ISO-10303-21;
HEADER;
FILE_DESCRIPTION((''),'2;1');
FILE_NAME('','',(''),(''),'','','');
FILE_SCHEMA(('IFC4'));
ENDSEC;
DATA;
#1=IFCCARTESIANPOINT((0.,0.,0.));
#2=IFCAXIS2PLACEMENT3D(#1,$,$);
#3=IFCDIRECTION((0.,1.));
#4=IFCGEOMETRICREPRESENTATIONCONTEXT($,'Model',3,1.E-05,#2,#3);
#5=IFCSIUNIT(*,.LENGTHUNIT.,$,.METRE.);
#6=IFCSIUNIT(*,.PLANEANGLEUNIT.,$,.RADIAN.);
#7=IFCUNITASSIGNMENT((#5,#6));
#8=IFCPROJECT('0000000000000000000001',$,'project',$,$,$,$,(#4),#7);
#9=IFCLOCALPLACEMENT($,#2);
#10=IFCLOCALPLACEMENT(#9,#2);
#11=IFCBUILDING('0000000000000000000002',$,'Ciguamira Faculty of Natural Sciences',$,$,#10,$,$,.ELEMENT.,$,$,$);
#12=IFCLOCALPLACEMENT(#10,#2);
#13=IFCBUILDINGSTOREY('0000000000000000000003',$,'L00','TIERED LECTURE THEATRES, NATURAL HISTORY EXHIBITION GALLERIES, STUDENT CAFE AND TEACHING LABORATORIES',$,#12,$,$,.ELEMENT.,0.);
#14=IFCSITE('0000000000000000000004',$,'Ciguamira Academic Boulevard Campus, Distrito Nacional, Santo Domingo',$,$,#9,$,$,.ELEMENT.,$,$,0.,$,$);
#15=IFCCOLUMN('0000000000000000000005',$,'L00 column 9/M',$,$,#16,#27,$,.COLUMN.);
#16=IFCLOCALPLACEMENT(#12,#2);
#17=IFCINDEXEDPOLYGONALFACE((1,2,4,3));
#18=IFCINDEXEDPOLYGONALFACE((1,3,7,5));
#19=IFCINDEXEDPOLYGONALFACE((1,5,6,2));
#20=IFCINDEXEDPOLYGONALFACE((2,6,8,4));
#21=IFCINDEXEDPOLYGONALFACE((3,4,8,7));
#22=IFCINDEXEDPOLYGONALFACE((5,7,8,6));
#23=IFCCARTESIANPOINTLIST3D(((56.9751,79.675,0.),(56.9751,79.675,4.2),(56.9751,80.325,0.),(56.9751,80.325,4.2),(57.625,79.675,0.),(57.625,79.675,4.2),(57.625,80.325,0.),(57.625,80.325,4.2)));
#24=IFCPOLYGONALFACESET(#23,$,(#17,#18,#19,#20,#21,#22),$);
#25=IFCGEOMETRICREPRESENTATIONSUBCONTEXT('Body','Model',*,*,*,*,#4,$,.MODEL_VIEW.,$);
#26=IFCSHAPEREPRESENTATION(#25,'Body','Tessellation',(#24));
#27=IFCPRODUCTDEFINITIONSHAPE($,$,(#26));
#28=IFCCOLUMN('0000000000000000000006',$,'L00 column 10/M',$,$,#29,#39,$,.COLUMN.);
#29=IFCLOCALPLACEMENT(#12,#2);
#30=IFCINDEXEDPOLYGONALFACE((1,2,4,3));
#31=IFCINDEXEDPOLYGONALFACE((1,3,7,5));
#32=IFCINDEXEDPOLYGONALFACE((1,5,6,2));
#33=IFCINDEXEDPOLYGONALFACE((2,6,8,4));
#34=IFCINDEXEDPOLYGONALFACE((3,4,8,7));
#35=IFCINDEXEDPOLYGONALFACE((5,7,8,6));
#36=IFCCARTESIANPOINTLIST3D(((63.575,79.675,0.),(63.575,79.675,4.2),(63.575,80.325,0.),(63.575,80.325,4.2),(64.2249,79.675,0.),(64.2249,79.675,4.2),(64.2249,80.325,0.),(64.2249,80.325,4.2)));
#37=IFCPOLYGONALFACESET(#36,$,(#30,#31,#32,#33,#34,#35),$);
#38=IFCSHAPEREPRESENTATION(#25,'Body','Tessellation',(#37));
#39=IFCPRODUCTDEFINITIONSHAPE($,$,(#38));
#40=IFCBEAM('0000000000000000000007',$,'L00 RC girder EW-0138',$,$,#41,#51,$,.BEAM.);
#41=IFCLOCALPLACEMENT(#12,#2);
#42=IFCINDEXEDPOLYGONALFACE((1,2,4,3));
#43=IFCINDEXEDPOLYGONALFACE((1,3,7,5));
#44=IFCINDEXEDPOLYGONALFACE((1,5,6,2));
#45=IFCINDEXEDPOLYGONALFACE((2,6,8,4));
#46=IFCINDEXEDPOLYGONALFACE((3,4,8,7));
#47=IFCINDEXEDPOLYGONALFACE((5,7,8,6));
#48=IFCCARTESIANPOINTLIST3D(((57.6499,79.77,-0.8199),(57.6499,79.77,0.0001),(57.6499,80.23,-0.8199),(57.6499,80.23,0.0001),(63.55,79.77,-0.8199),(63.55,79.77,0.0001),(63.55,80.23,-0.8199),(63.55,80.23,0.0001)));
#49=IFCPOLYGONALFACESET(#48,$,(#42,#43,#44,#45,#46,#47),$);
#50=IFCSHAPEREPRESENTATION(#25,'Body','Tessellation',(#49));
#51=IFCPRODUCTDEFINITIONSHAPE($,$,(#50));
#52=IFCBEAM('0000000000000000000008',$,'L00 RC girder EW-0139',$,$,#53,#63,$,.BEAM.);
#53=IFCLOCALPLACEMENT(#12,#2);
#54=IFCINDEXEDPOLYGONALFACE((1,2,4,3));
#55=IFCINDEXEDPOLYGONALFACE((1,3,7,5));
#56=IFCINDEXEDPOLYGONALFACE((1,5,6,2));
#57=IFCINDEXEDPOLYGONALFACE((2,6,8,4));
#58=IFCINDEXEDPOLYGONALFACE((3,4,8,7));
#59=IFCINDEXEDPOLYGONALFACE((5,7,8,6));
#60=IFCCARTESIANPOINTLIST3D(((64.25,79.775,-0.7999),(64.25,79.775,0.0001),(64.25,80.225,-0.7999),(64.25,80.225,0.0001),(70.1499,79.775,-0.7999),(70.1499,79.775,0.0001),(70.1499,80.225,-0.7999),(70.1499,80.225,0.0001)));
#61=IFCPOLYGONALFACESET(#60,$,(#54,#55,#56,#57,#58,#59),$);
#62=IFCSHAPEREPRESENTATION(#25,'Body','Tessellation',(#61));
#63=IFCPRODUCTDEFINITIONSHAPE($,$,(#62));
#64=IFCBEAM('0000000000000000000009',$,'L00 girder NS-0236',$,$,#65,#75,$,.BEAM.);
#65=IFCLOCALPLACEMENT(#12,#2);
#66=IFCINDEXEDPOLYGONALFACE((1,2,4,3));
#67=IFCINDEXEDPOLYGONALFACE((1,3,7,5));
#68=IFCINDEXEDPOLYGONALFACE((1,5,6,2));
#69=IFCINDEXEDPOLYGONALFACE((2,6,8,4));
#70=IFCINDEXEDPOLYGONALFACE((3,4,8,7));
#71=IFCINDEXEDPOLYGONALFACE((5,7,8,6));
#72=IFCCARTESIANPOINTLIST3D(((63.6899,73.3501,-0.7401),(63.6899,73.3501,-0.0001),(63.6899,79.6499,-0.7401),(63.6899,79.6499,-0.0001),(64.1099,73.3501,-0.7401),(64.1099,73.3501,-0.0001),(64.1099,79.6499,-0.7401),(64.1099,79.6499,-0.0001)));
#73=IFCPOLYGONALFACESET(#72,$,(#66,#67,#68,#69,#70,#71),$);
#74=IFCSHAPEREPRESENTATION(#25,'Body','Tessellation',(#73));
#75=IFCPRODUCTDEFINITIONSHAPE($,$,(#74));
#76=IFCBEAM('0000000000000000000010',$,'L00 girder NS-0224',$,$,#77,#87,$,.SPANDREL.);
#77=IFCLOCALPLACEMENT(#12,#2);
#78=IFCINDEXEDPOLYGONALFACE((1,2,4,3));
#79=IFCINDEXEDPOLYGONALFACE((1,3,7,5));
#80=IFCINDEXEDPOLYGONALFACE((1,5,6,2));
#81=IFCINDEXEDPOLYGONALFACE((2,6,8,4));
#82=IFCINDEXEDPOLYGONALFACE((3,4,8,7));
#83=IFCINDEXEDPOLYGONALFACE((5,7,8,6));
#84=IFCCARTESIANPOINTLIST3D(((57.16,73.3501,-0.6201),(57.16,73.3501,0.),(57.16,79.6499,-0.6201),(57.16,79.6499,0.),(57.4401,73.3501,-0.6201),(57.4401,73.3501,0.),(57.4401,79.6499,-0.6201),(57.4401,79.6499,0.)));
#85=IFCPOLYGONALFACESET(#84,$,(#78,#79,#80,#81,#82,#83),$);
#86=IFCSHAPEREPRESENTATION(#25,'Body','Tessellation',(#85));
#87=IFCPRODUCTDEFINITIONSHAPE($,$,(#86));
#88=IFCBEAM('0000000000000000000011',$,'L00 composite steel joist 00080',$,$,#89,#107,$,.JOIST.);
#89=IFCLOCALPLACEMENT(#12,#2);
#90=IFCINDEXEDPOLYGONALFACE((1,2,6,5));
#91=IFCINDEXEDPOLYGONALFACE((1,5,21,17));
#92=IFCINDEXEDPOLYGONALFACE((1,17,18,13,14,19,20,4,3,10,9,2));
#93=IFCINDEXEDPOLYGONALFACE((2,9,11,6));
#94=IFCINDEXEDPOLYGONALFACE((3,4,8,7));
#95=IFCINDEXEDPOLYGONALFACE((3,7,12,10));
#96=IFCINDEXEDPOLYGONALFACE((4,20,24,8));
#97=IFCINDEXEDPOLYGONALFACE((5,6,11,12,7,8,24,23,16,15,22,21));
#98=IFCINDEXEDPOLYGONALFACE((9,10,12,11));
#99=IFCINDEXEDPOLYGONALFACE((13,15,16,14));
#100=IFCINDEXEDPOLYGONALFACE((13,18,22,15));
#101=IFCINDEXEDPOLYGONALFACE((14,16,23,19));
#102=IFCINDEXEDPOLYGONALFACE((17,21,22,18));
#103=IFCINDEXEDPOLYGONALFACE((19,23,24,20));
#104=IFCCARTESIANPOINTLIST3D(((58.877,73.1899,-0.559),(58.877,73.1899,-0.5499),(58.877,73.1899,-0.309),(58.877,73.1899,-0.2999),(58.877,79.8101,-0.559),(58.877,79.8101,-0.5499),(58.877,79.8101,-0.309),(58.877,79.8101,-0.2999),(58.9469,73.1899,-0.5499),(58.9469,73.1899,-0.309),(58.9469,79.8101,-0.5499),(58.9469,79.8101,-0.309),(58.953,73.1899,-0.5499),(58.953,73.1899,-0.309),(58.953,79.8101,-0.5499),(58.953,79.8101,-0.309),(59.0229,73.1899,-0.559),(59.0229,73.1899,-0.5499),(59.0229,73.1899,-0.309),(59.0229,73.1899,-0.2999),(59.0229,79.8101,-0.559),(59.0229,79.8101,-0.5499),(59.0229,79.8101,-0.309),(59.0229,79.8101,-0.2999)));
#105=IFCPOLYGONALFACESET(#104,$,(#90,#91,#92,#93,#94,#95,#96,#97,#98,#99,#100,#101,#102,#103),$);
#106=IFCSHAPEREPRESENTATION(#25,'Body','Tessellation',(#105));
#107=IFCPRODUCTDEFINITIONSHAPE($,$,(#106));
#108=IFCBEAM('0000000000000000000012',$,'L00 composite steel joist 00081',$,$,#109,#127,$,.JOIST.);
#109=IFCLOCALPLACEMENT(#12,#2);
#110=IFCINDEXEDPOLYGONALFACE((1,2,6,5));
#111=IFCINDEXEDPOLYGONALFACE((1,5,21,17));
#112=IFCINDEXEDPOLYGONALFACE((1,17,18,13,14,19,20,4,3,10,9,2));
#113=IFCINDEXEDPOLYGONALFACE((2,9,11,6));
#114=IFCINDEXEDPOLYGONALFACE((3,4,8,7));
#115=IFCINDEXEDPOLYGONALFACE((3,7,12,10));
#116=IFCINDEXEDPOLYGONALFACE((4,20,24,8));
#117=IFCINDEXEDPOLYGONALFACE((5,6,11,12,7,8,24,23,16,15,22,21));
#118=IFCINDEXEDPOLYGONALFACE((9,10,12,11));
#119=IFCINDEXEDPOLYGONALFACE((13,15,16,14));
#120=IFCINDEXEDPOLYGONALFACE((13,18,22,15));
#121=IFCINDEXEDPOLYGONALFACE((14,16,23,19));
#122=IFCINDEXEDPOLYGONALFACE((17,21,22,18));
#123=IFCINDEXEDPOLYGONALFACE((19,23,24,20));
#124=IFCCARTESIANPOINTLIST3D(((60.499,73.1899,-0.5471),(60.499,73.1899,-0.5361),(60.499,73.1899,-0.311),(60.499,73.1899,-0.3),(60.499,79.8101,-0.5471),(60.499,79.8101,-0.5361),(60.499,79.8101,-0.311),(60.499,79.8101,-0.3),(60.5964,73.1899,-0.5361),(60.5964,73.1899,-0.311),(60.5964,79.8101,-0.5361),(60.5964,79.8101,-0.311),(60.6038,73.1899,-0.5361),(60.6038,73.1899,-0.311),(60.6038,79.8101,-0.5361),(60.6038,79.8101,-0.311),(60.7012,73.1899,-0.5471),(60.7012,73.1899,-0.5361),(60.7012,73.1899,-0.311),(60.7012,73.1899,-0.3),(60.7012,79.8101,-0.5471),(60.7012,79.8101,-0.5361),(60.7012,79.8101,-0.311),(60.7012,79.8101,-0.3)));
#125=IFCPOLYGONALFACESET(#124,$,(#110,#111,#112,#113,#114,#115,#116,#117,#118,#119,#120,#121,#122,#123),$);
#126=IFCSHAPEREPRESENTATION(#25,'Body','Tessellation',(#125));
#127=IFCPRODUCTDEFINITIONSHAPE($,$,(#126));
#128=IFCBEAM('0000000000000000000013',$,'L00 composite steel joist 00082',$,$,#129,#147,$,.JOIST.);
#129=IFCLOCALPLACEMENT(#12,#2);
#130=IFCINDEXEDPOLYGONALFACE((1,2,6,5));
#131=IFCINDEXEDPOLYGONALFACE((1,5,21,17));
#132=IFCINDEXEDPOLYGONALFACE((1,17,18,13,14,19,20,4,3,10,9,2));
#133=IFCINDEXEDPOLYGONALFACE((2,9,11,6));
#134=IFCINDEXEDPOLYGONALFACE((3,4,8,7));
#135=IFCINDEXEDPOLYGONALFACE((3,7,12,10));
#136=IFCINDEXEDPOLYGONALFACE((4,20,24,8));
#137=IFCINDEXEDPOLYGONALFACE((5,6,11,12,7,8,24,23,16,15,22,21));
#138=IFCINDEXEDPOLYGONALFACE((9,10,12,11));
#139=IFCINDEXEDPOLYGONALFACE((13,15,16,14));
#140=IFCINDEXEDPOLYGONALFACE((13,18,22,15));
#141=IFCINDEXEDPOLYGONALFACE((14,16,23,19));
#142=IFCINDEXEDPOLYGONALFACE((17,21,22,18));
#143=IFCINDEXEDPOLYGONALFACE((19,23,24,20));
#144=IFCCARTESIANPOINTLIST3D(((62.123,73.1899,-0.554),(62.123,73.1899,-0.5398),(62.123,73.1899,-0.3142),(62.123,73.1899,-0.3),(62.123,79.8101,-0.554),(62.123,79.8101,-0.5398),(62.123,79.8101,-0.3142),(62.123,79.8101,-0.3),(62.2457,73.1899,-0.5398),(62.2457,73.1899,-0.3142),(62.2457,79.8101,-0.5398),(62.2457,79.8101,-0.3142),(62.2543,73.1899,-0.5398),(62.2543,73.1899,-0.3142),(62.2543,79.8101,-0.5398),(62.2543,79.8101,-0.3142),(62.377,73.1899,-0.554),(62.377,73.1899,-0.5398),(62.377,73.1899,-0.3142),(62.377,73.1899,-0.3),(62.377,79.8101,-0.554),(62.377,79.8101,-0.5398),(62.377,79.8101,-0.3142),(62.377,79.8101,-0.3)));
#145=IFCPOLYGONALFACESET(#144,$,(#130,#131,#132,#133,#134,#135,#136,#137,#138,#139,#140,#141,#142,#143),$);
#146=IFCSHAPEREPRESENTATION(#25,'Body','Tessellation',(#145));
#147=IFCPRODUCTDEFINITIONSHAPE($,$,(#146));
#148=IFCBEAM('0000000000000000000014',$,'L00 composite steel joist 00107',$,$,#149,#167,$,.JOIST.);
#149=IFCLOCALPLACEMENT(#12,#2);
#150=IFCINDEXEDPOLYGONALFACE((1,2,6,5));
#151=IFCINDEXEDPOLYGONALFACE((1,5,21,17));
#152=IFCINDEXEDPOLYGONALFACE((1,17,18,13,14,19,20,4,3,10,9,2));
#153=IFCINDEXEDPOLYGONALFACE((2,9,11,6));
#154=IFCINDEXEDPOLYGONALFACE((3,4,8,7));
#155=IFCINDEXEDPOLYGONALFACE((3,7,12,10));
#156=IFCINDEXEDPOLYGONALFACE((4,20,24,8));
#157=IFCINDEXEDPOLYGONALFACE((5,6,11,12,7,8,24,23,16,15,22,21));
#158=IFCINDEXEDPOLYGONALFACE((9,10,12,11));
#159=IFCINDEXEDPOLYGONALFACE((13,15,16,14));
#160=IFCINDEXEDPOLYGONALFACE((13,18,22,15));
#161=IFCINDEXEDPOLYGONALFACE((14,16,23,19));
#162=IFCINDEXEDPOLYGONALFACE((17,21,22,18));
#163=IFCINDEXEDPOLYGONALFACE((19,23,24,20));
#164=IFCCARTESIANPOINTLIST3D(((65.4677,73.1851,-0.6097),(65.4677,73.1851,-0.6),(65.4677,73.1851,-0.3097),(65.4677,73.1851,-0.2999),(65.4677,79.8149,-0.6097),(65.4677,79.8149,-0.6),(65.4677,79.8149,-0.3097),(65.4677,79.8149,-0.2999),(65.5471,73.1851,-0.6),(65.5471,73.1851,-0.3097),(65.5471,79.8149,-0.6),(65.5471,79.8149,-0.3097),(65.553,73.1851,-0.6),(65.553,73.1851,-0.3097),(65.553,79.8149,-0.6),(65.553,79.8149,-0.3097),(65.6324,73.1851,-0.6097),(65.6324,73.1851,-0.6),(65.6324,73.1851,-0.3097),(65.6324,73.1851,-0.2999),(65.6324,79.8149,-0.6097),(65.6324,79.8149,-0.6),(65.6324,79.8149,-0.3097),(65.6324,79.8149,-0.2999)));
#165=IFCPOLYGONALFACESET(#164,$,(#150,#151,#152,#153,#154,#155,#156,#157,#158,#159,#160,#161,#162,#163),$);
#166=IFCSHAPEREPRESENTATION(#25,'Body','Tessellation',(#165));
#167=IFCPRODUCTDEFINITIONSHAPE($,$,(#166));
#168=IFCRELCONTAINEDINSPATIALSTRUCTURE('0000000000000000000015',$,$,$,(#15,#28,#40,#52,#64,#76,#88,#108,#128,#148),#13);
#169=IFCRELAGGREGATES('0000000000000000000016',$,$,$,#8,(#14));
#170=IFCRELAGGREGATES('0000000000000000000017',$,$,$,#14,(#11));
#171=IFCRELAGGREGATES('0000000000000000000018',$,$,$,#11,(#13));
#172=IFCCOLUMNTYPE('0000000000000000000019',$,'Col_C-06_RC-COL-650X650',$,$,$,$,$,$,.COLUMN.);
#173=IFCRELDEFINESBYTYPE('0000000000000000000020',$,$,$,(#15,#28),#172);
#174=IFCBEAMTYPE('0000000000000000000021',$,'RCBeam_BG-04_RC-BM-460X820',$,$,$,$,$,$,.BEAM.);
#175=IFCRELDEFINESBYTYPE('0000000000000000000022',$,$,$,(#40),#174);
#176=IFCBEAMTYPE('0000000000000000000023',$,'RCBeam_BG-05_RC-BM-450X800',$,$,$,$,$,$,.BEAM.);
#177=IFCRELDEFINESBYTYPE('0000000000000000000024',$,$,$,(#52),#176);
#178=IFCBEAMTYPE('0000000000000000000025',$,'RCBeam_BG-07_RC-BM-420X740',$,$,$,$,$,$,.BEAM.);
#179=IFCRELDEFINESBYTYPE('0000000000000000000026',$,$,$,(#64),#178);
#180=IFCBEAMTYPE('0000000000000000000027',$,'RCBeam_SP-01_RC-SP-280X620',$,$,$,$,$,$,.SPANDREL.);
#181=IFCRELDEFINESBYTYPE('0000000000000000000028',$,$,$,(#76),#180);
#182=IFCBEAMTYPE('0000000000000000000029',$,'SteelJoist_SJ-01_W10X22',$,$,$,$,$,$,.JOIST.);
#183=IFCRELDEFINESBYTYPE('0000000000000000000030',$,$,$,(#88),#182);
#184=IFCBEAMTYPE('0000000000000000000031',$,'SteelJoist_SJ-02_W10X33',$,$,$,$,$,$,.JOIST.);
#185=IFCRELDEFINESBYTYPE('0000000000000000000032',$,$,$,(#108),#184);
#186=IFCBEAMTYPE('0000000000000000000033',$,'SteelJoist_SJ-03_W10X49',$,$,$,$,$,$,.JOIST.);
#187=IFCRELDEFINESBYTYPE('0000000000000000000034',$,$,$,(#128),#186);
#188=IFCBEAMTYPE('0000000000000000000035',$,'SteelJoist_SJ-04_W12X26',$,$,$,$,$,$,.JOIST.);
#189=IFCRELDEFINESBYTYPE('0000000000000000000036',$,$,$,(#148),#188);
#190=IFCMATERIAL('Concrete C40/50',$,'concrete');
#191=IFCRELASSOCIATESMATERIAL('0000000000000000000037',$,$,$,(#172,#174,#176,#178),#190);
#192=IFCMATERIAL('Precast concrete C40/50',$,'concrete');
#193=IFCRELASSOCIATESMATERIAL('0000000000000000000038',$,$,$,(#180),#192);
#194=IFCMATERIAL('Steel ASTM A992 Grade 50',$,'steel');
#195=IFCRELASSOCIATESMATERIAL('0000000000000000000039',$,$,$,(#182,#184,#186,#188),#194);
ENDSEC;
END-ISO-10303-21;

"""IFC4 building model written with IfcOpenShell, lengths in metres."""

from ifc_helpers import new_model, si_unit, direction, frame, origin, origin_2d, place, context, subcontext, project, spatial, rectangle, i_section, extrude, material, material_profile, profile_set, type_object, element, save


model = new_model("IFC4")

# Units and contexts
model_context = context("Model", 3, precision=1e-05, world=origin(), true_north=direction((0.0, 1.0)))
body_context = subcontext(model_context, "Body", "Model", "MODEL_VIEW")
ifc_project = project(units=[si_unit("LENGTHUNIT", "METRE"), si_unit("PLANEANGLEUNIT", "RADIAN")], contexts=[model_context])

# Site, building, storey
site_placement = place(None, origin())
site = spatial("IfcSite", under=ifc_project, at=site_placement, Name="Ciguamira Academic Boulevard Campus, Distrito Nacional, Santo Domingo", CompositionType="ELEMENT", RefElevation=0.0)
building_placement = place(site_placement, origin())
building = spatial("IfcBuilding", under=site, at=building_placement, Name="Ciguamira Faculty of Natural Sciences", CompositionType="ELEMENT")
storey_placement = place(building_placement, origin())
storey = spatial("IfcBuildingStorey", under=building, at=storey_placement, Name="L00", Description="TIERED LECTURE THEATRES, NATURAL HISTORY EXHIBITION GALLERIES, STUDENT CAFE AND TEACHING LABORATORIES", CompositionType="ELEMENT", Elevation=0.0)

# Columns
ifc_material_1 = material(Name="Concrete C40/50", Category="concrete")
ifc_material_profile_1 = material_profile(ifc_material_1, rectangle(XDim=0.6499, YDim=0.6499, at=origin_2d()), Name="RC-COL-650X650")
ifc_profile_set_1 = profile_set([ifc_material_profile_1], Name="Concrete C40/50")
column_type = type_object("IfcColumnType", Name="Col_C-06_RC-COL-650X650", PredefinedType="COLUMN", material=ifc_profile_set_1)
for number, where, z_axis, x_axis, name in (
    (1, (57.3, 80.0, 0.0), (0.0, 0.0, 1.0), (1.0, 0.0, 0.0), "L00 column 9/M"),
    (2, (63.8999, 80.0, 0.0), (0.0, 0.0, 1.0), (1.0, 0.0, 0.0), "L00 column 10/M"),
):
    element("IfcColumn", number, at=place(storey_placement, frame(where, z_axis=z_axis, x_axis=x_axis)), inside=storey, type_object=column_type, Name=name, PredefinedType="COLUMN", context=body_context, shape_type="SweptSolid", body=[
        extrude(rectangle(XDim=0.6499, YDim=0.6499, at=origin_2d()), origin(), (0.0, 0.0, 1.0), 4.2),
    ])

# Beams
ifc_material_profile_2 = material_profile(ifc_material_1, rectangle(XDim=0.46, YDim=0.8201, at=origin_2d()), Name="RC-BM-460X820")
ifc_profile_set_2 = profile_set([ifc_material_profile_2], Name="Concrete C40/50")
beam_type_1 = type_object("IfcBeamType", Name="RCBeam_BG-04_RC-BM-460X820", PredefinedType="BEAM", material=ifc_profile_set_2)
beam_1_placement = place(storey_placement, frame((57.6499, 80.0, -0.4099), z_axis=(1.0, 0.0, 0.0), x_axis=(0.0, 1.0, 0.0)))
element("IfcBeam", 3, at=beam_1_placement, inside=storey, type_object=beam_type_1, Name="L00 RC girder EW-0138", PredefinedType="BEAM", context=body_context, shape_type="SweptSolid", body=[
    extrude(rectangle(XDim=0.46, YDim=0.8201, at=origin_2d()), origin(), (0.0, 0.0, 1.0), 5.9001),
])
ifc_material_profile_3 = material_profile(ifc_material_1, rectangle(XDim=0.45, YDim=0.8, at=origin_2d()), Name="RC-BM-450X800")
ifc_profile_set_3 = profile_set([ifc_material_profile_3], Name="Concrete C40/50")
beam_type_2 = type_object("IfcBeamType", Name="RCBeam_BG-05_RC-BM-450X800", PredefinedType="BEAM", material=ifc_profile_set_3)
beam_2_placement = place(storey_placement, frame((64.25, 80.0, -0.3999), z_axis=(1.0, 0.0, 0.0), x_axis=(0.0, 1.0, 0.0)))
element("IfcBeam", 4, at=beam_2_placement, inside=storey, type_object=beam_type_2, Name="L00 RC girder EW-0139", PredefinedType="BEAM", context=body_context, shape_type="SweptSolid", body=[
    extrude(rectangle(XDim=0.45, YDim=0.8, at=origin_2d()), origin(), (0.0, 0.0, 1.0), 5.8999),
])
ifc_material_profile_4 = material_profile(ifc_material_1, rectangle(XDim=0.4199, YDim=0.74, at=origin_2d()), Name="RC-BM-420X740")
ifc_profile_set_4 = profile_set([ifc_material_profile_4], Name="Concrete C40/50")
beam_type_3 = type_object("IfcBeamType", Name="RCBeam_BG-07_RC-BM-420X740", PredefinedType="BEAM", material=ifc_profile_set_4)
beam_3_placement = place(storey_placement, frame((63.8999, 73.3501, -0.3701), z_axis=(0.0, 1.0, 0.0), x_axis=(-1.0, 0.0, 0.0)))
element("IfcBeam", 5, at=beam_3_placement, inside=storey, type_object=beam_type_3, Name="L00 girder NS-0236", PredefinedType="BEAM", context=body_context, shape_type="SweptSolid", body=[
    extrude(rectangle(XDim=0.4199, YDim=0.74, at=origin_2d()), origin(), (0.0, 0.0, 1.0), 6.2998),
])
ifc_material_2 = material(Name="Precast concrete C40/50", Category="concrete")
ifc_material_profile_5 = material_profile(ifc_material_2, rectangle(XDim=0.28, YDim=0.6201, at=origin_2d()), Name="RC-SP-280X620")
ifc_profile_set_5 = profile_set([ifc_material_profile_5], Name="Precast concrete C40/50")
beam_type_4 = type_object("IfcBeamType", Name="RCBeam_SP-01_RC-SP-280X620", PredefinedType="SPANDREL", material=ifc_profile_set_5)
beam_4_placement = place(storey_placement, frame((57.3, 73.3501, -0.3101), z_axis=(0.0, 1.0, 0.0), x_axis=(-1.0, 0.0, 0.0)))
element("IfcBeam", 6, at=beam_4_placement, inside=storey, type_object=beam_type_4, Name="L00 girder NS-0224", PredefinedType="SPANDREL", context=body_context, shape_type="SweptSolid", body=[
    extrude(rectangle(XDim=0.28, YDim=0.6201, at=origin_2d()), origin(), (0.0, 0.0, 1.0), 6.2998),
])
ifc_material_3 = material(Name="Steel ASTM A992 Grade 50", Category="steel")
ifc_material_profile_6 = material_profile(ifc_material_3, i_section(OverallWidth=0.146, OverallDepth=0.259, WebThickness=0.0061, FlangeThickness=0.009, at=origin_2d()), Name="W10X22")
ifc_profile_set_6 = profile_set([ifc_material_profile_6], Name="Steel ASTM A992 Grade 50")
beam_type_5 = type_object("IfcBeamType", Name="SteelJoist_SJ-01_W10X22", PredefinedType="JOIST", material=ifc_profile_set_6)
beam_5_placement = place(storey_placement, frame((58.95, 73.1899, -0.4294), z_axis=(0.0, 1.0, 0.0), x_axis=(-1.0, 0.0, 0.0)))
element("IfcBeam", 7, at=beam_5_placement, inside=storey, type_object=beam_type_5, Name="L00 composite steel joist 00080", PredefinedType="JOIST", context=body_context, shape_type="SweptSolid", body=[
    extrude(i_section(OverallWidth=0.146, OverallDepth=0.259, WebThickness=0.0061, FlangeThickness=0.009, at=origin_2d()), origin(), (0.0, 0.0, 1.0), 6.6201),
])
ifc_material_profile_7 = material_profile(ifc_material_3, i_section(OverallWidth=0.2021, OverallDepth=0.2471, WebThickness=0.0073, FlangeThickness=0.011, at=origin_2d()), Name="W10X33")
ifc_profile_set_7 = profile_set([ifc_material_profile_7], Name="Steel ASTM A992 Grade 50")
beam_type_6 = type_object("IfcBeamType", Name="SteelJoist_SJ-02_W10X33", PredefinedType="JOIST", material=ifc_profile_set_7)
beam_6_placement = place(storey_placement, frame((60.6001, 73.1899, -0.4236), z_axis=(0.0, 1.0, 0.0), x_axis=(-1.0, 0.0, 0.0)))
element("IfcBeam", 8, at=beam_6_placement, inside=storey, type_object=beam_type_6, Name="L00 composite steel joist 00081", PredefinedType="JOIST", context=body_context, shape_type="SweptSolid", body=[
    extrude(i_section(OverallWidth=0.2021, OverallDepth=0.2471, WebThickness=0.0073, FlangeThickness=0.011, at=origin_2d()), origin(), (0.0, 0.0, 1.0), 6.6201),
])
ifc_material_profile_8 = material_profile(ifc_material_3, i_section(OverallWidth=0.2539, OverallDepth=0.2539, WebThickness=0.0085, FlangeThickness=0.0142, at=origin_2d()), Name="W10X49")
ifc_profile_set_8 = profile_set([ifc_material_profile_8], Name="Steel ASTM A992 Grade 50")
beam_type_7 = type_object("IfcBeamType", Name="SteelJoist_SJ-03_W10X49", PredefinedType="JOIST", material=ifc_profile_set_8)
beam_7_placement = place(storey_placement, frame((62.25, 73.1899, -0.427), z_axis=(0.0, 1.0, 0.0), x_axis=(-1.0, 0.0, 0.0)))
element("IfcBeam", 9, at=beam_7_placement, inside=storey, type_object=beam_type_7, Name="L00 composite steel joist 00082", PredefinedType="JOIST", context=body_context, shape_type="SweptSolid", body=[
    extrude(i_section(OverallWidth=0.2539, OverallDepth=0.2539, WebThickness=0.0085, FlangeThickness=0.0142, at=origin_2d()), origin(), (0.0, 0.0, 1.0), 6.6201),
])
ifc_material_profile_9 = material_profile(ifc_material_3, i_section(OverallWidth=0.1648, OverallDepth=0.3098, WebThickness=0.0059, FlangeThickness=0.0098, at=origin_2d()), Name="W12X26")
ifc_profile_set_9 = profile_set([ifc_material_profile_9], Name="Steel ASTM A992 Grade 50")
beam_type_8 = type_object("IfcBeamType", Name="SteelJoist_SJ-04_W12X26", PredefinedType="JOIST", material=ifc_profile_set_9)
beam_8_placement = place(storey_placement, frame((65.55, 73.1851, -0.4548), z_axis=(0.0, 1.0, 0.0), x_axis=(-1.0, 0.0, 0.0)))
element("IfcBeam", 10, at=beam_8_placement, inside=storey, type_object=beam_type_8, Name="L00 composite steel joist 00107", PredefinedType="JOIST", context=body_context, shape_type="SweptSolid", body=[
    extrude(i_section(OverallWidth=0.1648, OverallDepth=0.3098, WebThickness=0.0059, FlangeThickness=0.0098, at=origin_2d()), origin(), (0.0, 0.0, 1.0), 6.6299),
])

save(model, "model.ifc")
